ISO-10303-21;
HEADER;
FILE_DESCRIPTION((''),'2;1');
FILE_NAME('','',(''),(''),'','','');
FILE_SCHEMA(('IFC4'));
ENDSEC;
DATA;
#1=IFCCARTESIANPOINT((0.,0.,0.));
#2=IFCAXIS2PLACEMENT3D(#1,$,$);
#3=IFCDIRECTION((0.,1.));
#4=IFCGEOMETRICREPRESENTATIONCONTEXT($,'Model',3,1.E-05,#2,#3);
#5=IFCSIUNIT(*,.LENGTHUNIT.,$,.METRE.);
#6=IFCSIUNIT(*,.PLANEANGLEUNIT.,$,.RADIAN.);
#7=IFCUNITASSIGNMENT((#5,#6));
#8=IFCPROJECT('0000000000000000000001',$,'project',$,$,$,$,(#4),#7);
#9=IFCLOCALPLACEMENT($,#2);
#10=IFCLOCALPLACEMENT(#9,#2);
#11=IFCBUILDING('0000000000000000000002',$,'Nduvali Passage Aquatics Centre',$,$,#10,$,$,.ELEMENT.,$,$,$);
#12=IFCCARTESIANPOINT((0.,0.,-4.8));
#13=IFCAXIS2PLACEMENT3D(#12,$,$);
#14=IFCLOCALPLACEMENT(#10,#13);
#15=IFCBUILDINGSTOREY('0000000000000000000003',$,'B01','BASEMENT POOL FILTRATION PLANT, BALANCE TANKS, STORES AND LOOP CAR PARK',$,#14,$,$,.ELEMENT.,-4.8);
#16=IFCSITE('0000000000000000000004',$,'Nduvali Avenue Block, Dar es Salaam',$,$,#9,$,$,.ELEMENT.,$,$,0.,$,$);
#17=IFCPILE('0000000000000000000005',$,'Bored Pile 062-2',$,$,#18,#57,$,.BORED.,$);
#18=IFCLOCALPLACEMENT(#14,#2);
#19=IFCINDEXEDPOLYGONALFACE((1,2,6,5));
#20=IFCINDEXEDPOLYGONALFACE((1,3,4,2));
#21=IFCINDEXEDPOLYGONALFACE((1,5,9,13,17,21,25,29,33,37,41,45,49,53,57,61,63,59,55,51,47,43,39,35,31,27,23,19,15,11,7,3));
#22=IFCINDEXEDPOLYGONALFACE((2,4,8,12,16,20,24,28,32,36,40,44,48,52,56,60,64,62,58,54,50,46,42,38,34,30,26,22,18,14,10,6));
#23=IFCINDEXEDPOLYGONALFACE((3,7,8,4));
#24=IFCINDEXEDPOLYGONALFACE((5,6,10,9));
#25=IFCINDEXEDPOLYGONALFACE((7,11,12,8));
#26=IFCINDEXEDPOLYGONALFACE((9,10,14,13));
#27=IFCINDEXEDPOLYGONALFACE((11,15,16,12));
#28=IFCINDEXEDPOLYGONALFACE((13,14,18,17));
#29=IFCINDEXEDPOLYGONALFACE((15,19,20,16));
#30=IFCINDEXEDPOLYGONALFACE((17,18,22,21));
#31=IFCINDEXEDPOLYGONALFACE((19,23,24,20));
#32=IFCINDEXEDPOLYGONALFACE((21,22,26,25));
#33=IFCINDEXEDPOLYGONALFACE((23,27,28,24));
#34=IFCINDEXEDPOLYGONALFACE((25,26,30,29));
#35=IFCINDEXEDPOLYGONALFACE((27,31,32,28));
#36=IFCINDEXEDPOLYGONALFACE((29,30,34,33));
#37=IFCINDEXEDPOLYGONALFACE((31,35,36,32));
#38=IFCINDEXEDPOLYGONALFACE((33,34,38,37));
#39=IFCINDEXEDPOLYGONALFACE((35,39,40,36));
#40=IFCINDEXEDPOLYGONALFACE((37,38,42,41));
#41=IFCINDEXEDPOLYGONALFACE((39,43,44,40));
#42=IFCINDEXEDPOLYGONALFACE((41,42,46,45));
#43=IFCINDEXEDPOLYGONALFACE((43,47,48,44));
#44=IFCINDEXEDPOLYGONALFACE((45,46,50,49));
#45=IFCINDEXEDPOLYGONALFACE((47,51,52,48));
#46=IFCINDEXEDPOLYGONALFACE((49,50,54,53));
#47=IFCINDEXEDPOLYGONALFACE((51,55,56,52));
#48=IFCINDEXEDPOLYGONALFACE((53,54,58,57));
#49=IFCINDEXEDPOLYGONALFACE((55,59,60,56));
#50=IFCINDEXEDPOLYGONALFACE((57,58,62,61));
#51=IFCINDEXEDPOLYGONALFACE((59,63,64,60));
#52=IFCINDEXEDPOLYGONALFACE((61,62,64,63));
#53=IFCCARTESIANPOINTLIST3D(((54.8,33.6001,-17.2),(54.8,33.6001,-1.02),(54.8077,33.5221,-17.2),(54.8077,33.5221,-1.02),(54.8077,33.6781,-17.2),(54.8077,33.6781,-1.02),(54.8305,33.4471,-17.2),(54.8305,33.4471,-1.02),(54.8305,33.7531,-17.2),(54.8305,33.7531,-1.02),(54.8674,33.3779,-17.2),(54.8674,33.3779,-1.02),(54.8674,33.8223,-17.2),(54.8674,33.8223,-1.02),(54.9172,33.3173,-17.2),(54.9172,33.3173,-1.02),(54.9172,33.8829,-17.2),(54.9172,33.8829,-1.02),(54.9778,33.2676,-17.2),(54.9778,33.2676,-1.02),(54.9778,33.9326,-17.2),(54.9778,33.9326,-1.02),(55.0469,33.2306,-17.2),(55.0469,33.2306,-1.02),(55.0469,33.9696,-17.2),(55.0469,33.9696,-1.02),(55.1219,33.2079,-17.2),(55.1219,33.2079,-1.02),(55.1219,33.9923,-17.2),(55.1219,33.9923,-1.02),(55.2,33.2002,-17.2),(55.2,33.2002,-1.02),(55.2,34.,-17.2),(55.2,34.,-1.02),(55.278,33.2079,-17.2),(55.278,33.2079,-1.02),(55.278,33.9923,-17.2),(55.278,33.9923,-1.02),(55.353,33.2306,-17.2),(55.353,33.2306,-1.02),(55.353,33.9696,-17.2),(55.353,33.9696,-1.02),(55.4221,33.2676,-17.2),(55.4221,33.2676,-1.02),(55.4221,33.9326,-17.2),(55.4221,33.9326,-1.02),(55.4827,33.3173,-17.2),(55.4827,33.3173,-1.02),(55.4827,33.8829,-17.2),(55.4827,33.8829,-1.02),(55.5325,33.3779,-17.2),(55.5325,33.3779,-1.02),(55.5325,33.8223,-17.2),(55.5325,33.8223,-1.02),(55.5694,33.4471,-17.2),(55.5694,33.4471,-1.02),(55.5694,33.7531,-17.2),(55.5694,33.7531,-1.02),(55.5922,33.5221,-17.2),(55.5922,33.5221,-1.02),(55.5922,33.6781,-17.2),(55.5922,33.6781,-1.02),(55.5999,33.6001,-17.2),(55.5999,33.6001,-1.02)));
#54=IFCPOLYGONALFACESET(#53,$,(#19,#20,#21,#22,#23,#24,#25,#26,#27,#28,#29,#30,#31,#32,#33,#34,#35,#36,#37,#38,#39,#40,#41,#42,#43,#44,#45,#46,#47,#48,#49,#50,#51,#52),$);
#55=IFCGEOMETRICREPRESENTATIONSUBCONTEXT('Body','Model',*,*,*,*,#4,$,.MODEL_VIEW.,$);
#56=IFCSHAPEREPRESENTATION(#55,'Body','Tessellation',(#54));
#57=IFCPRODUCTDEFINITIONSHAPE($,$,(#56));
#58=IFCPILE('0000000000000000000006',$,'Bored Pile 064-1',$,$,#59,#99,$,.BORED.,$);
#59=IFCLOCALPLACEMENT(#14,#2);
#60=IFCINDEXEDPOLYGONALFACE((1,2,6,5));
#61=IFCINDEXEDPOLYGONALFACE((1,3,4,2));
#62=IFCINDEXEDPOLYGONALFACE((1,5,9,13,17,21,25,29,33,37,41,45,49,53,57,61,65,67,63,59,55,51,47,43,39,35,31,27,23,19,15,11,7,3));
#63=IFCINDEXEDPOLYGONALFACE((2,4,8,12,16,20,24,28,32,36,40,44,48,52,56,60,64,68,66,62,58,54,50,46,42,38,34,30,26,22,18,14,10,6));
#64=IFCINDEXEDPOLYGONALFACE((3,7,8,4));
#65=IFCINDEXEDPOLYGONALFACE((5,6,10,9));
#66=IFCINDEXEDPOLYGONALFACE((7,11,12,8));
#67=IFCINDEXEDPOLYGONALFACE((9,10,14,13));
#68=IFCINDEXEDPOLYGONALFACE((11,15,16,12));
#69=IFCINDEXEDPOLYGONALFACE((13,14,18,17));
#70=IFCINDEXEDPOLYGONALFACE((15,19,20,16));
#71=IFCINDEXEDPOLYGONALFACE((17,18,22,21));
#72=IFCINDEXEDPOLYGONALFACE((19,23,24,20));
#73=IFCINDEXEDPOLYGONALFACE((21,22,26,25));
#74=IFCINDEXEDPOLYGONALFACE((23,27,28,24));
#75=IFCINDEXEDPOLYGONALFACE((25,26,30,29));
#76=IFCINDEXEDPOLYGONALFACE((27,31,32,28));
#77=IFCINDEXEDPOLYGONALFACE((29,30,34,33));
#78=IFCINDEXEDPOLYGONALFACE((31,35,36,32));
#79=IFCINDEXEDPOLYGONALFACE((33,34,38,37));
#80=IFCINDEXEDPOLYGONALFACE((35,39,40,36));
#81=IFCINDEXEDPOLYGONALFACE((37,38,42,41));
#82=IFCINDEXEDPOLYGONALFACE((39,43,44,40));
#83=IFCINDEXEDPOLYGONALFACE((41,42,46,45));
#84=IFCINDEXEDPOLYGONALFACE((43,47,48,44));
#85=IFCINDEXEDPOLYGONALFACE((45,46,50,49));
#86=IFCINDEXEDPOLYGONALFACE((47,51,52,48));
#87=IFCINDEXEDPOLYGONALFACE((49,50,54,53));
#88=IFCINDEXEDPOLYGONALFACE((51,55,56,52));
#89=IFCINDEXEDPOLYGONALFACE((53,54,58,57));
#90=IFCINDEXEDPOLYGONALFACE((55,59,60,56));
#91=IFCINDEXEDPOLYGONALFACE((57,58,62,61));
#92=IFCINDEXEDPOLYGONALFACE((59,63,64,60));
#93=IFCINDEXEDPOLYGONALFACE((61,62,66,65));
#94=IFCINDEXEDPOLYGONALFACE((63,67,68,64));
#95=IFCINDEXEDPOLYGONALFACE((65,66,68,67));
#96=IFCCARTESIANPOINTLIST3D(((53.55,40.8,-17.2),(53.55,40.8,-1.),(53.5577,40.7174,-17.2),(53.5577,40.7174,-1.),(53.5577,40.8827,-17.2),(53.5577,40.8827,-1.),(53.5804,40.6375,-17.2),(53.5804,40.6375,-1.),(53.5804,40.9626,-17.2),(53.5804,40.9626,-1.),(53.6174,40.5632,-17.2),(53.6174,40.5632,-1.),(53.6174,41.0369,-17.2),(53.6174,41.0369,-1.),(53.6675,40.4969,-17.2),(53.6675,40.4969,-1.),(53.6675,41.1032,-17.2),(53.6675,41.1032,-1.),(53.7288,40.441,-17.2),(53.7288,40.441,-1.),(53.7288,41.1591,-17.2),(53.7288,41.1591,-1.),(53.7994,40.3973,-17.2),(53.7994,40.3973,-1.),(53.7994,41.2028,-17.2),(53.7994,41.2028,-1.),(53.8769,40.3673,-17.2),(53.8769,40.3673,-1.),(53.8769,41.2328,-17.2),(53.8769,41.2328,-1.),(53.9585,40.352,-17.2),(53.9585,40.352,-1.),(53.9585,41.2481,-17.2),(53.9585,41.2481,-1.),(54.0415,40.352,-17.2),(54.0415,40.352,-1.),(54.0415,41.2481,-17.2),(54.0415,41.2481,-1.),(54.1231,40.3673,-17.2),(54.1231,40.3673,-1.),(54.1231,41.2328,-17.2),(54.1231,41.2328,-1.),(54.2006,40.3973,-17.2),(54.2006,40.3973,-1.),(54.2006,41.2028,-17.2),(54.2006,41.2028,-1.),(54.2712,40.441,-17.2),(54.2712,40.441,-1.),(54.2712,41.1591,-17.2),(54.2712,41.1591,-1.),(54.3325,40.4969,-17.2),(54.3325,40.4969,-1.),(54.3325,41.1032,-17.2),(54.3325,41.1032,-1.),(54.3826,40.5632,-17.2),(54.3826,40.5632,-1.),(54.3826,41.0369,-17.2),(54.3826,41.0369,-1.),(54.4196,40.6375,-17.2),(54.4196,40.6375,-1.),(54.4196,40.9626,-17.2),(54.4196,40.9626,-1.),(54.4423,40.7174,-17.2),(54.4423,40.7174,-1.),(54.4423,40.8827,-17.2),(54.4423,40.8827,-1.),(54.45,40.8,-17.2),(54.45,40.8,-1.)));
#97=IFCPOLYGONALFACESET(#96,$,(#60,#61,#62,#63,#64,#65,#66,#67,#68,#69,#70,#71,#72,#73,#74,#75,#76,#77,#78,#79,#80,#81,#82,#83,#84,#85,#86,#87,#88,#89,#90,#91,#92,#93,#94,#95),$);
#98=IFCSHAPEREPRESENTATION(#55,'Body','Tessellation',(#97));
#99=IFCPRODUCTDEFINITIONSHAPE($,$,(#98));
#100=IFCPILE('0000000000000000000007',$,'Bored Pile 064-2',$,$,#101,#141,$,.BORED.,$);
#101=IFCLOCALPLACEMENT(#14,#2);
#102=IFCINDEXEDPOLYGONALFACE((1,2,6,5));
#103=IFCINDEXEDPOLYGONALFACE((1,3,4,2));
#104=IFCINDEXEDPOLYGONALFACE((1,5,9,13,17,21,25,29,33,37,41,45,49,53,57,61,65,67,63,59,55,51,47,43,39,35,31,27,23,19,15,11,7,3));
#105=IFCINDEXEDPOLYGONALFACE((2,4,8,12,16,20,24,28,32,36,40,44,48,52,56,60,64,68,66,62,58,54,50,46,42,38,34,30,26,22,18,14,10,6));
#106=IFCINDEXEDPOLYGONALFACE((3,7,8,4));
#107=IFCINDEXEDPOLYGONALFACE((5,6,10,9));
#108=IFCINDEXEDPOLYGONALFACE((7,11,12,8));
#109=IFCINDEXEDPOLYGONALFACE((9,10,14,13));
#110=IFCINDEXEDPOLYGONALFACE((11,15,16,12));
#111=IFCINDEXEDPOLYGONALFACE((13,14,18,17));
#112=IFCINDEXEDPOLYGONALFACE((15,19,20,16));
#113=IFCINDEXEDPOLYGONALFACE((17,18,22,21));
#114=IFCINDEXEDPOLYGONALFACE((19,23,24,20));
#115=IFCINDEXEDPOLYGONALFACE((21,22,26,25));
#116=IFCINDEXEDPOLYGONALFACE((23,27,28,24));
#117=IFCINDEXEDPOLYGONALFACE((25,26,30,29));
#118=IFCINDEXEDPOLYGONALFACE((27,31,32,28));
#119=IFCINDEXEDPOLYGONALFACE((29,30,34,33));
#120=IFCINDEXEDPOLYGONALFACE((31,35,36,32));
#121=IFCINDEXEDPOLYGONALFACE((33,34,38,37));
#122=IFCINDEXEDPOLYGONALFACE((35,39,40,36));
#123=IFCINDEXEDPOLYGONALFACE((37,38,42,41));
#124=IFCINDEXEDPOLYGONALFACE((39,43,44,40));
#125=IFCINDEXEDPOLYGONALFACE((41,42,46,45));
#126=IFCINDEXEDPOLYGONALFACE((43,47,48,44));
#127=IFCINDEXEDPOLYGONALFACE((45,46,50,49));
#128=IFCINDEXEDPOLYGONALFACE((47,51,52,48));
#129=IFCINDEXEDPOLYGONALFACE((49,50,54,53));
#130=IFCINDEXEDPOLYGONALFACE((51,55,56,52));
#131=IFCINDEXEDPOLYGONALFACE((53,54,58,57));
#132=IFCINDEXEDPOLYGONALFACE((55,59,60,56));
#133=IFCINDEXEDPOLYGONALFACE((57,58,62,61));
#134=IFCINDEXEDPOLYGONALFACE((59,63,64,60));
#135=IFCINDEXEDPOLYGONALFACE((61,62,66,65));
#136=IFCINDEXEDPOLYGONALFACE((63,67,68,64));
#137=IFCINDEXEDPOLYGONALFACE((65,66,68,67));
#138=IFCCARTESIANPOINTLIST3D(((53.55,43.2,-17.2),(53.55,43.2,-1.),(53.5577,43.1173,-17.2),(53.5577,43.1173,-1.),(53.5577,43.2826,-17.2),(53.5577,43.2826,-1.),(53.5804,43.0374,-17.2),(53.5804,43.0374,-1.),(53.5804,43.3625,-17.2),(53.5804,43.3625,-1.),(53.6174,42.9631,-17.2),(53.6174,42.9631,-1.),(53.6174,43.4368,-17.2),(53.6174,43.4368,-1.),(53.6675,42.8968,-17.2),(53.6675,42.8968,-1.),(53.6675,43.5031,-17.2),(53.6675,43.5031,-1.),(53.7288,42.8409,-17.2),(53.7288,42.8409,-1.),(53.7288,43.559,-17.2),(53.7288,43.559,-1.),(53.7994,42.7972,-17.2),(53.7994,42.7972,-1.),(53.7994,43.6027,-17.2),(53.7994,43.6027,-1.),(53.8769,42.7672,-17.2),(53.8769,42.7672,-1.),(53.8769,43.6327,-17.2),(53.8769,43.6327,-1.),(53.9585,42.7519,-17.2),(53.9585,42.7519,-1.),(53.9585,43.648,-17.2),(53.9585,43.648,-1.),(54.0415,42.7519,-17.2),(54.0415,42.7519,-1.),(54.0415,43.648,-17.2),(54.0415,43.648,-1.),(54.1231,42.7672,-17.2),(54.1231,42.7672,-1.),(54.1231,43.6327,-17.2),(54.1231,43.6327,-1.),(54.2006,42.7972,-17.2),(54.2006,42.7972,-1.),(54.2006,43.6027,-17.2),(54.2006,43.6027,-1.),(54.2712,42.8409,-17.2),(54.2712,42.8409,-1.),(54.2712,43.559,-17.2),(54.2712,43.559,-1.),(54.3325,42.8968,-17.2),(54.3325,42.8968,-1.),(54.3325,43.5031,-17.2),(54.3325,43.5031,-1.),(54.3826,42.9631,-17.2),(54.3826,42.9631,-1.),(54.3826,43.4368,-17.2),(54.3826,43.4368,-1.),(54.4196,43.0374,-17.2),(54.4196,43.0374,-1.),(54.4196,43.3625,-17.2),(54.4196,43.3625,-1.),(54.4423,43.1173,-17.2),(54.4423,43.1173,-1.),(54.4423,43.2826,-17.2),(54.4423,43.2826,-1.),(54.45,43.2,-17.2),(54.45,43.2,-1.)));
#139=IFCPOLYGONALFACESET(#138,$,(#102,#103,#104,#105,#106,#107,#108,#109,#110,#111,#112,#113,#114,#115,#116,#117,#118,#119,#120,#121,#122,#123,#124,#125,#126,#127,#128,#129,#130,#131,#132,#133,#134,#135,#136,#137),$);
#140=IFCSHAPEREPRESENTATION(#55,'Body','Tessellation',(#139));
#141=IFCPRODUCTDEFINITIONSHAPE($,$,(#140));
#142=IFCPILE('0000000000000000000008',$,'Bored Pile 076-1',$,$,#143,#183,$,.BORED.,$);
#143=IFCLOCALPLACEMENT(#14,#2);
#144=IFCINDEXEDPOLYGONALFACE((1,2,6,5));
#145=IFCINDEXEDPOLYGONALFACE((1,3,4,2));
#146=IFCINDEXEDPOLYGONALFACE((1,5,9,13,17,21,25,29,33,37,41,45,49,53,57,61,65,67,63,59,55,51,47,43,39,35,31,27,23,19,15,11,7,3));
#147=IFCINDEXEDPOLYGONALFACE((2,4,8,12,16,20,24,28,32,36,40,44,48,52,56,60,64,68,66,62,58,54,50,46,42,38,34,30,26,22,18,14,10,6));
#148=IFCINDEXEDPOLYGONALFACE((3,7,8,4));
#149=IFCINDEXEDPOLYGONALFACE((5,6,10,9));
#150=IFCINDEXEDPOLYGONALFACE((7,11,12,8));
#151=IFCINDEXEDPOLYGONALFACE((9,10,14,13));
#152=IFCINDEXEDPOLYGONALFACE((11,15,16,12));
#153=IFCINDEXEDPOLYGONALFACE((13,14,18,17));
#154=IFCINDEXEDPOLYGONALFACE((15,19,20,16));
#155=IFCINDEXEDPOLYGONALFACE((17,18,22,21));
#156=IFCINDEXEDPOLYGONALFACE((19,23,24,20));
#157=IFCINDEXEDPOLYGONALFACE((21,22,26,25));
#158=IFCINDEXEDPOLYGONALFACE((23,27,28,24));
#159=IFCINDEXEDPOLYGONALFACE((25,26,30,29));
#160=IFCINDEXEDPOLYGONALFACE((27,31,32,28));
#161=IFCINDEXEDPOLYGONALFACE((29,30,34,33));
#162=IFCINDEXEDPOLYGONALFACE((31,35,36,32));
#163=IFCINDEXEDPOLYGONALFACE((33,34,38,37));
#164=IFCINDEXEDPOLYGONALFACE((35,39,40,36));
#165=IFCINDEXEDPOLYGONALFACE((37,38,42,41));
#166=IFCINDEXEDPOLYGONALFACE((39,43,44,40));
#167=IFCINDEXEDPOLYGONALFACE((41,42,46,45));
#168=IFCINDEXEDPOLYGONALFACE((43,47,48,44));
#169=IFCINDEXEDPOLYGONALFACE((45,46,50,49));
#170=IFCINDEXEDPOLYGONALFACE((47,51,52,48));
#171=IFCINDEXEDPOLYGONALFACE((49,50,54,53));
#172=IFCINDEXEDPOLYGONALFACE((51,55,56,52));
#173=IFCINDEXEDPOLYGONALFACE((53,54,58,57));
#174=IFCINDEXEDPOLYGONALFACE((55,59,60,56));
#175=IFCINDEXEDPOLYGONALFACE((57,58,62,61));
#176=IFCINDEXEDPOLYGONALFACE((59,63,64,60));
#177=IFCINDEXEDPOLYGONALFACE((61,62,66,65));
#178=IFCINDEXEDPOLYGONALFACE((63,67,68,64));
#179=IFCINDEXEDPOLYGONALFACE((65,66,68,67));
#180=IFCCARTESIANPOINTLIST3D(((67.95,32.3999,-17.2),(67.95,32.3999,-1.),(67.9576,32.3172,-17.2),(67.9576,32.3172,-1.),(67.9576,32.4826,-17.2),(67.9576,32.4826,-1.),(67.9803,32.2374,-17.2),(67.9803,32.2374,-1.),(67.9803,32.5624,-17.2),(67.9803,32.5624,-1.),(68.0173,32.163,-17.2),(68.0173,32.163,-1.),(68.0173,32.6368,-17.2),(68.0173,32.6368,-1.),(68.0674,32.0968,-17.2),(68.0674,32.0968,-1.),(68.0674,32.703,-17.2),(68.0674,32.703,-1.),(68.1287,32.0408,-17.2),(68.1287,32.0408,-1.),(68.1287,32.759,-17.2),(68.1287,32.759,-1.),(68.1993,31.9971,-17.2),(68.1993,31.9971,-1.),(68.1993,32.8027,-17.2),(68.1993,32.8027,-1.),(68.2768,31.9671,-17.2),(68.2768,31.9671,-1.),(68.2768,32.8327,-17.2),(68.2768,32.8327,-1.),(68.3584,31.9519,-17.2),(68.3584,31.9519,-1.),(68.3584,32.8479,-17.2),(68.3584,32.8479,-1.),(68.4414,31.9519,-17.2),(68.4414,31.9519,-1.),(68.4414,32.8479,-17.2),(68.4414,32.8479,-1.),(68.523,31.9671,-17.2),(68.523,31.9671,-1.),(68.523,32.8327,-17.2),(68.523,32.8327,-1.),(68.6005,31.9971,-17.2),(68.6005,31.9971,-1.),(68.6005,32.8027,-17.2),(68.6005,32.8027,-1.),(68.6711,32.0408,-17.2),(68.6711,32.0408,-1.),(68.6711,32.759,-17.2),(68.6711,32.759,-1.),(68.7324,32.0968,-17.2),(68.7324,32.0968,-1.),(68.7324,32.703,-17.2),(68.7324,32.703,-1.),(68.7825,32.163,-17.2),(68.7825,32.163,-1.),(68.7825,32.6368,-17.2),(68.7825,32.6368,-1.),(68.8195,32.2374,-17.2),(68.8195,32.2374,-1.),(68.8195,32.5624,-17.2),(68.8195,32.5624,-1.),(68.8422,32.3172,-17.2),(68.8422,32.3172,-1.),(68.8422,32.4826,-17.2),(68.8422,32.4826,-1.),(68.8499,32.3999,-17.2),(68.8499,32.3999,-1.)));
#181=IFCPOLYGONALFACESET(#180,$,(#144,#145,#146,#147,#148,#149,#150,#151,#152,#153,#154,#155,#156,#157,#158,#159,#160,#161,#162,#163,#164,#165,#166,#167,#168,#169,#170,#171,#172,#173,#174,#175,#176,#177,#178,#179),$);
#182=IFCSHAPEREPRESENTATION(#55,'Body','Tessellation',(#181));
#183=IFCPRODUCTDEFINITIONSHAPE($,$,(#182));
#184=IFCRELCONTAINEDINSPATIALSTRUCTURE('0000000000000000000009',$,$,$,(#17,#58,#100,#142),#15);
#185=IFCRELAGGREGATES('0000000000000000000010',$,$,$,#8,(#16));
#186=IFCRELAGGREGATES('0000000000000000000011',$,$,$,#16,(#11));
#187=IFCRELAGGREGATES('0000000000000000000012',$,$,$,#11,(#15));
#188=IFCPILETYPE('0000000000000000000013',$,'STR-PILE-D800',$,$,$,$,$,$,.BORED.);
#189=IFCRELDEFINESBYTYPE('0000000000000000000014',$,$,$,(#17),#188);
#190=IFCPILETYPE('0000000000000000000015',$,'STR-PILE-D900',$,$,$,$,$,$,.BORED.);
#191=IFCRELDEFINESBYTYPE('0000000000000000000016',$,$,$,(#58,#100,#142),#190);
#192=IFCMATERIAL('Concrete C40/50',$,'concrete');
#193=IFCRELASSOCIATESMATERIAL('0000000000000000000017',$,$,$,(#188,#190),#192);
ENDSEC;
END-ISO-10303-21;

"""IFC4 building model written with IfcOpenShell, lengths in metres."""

from ifc_helpers import new_model, si_unit, direction, frame, origin, origin_2d, place, context, subcontext, project, spatial, circle, extrude, material, material_profile, profile_set, type_object, element, save


model = new_model("IFC4")

# Units and contexts
model_context = context("Model", 3, precision=1e-05, world=origin(), true_north=direction((0.0, 1.0)))
body_context = subcontext(model_context, "Body", "Model", "MODEL_VIEW")
ifc_project = project(units=[si_unit("LENGTHUNIT", "METRE"), si_unit("PLANEANGLEUNIT", "RADIAN")], contexts=[model_context])

# Site, building, storey
site_placement = place(None, origin())
site = spatial("IfcSite", under=ifc_project, at=site_placement, Name="Nduvali Avenue Block, Dar es Salaam", CompositionType="ELEMENT", RefElevation=0.0)
building_placement = place(site_placement, origin())
building = spatial("IfcBuilding", under=site, at=building_placement, Name="Nduvali Passage Aquatics Centre", CompositionType="ELEMENT")
storey_placement = place(building_placement, frame((0.0, 0.0, -4.8)))
storey = spatial("IfcBuildingStorey", under=building, at=storey_placement, Name="B01", Description="BASEMENT POOL FILTRATION PLANT, BALANCE TANKS, STORES AND LOOP CAR PARK", CompositionType="ELEMENT", Elevation=-4.8)

# Shared definitions
ifc_material_1 = material(Name="Concrete C40/50", Category="concrete")

# Piles
ifc_material_profile_1 = material_profile(ifc_material_1, circle(Radius=0.3999, at=origin_2d()), Name="PILE D800")
ifc_profile_set_1 = profile_set([ifc_material_profile_1], Name="Concrete C40/50")
pile_type_1 = type_object("IfcPileType", Name="STR-PILE-D800", PredefinedType="BORED", material=ifc_profile_set_1)
pile_1_placement = place(storey_placement, frame((55.2, 33.6001, -1.02), z_axis=(0.0, 0.0, -1.0), x_axis=(1.0, 0.0, 0.0)))
element("IfcPile", 1, at=pile_1_placement, inside=storey, type_object=pile_type_1, Name="Bored Pile 062-2", PredefinedType="BORED", context=body_context, shape_type="SweptSolid", body=[
    extrude(circle(Radius=0.3999, at=origin_2d()), origin(), (0.0, 0.0, 1.0), 16.1799),
])
ifc_material_profile_2 = material_profile(ifc_material_1, circle(Radius=0.45, at=origin_2d()), Name="PILE D900")
ifc_profile_set_2 = profile_set([ifc_material_profile_2], Name="Concrete C40/50")
pile_type_2 = type_object("IfcPileType", Name="STR-PILE-D900", PredefinedType="BORED", material=ifc_profile_set_2)
for number, where, z_axis, x_axis, name in (
    (2, (54.0, 40.8, -1.0), (0.0, 0.0, -1.0), (1.0, 0.0, 0.0), "Bored Pile 064-1"),
    (3, (54.0, 43.2, -1.0), (0.0, 0.0, -1.0), (1.0, 0.0, 0.0), "Bored Pile 064-2"),
    (4, (68.3999, 32.3999, -1.0), (0.0, 0.0, -1.0), (1.0, 0.0, 0.0), "Bored Pile 076-1"),
):
    element("IfcPile", number, at=place(storey_placement, frame(where, z_axis=z_axis, x_axis=x_axis)), inside=storey, type_object=pile_type_2, Name=name, PredefinedType="BORED", context=body_context, shape_type="SweptSolid", body=[
        extrude(circle(Radius=0.45, at=origin_2d()), origin(), (0.0, 0.0, 1.0), 16.2),
    ])

save(model, "model.ifc")
